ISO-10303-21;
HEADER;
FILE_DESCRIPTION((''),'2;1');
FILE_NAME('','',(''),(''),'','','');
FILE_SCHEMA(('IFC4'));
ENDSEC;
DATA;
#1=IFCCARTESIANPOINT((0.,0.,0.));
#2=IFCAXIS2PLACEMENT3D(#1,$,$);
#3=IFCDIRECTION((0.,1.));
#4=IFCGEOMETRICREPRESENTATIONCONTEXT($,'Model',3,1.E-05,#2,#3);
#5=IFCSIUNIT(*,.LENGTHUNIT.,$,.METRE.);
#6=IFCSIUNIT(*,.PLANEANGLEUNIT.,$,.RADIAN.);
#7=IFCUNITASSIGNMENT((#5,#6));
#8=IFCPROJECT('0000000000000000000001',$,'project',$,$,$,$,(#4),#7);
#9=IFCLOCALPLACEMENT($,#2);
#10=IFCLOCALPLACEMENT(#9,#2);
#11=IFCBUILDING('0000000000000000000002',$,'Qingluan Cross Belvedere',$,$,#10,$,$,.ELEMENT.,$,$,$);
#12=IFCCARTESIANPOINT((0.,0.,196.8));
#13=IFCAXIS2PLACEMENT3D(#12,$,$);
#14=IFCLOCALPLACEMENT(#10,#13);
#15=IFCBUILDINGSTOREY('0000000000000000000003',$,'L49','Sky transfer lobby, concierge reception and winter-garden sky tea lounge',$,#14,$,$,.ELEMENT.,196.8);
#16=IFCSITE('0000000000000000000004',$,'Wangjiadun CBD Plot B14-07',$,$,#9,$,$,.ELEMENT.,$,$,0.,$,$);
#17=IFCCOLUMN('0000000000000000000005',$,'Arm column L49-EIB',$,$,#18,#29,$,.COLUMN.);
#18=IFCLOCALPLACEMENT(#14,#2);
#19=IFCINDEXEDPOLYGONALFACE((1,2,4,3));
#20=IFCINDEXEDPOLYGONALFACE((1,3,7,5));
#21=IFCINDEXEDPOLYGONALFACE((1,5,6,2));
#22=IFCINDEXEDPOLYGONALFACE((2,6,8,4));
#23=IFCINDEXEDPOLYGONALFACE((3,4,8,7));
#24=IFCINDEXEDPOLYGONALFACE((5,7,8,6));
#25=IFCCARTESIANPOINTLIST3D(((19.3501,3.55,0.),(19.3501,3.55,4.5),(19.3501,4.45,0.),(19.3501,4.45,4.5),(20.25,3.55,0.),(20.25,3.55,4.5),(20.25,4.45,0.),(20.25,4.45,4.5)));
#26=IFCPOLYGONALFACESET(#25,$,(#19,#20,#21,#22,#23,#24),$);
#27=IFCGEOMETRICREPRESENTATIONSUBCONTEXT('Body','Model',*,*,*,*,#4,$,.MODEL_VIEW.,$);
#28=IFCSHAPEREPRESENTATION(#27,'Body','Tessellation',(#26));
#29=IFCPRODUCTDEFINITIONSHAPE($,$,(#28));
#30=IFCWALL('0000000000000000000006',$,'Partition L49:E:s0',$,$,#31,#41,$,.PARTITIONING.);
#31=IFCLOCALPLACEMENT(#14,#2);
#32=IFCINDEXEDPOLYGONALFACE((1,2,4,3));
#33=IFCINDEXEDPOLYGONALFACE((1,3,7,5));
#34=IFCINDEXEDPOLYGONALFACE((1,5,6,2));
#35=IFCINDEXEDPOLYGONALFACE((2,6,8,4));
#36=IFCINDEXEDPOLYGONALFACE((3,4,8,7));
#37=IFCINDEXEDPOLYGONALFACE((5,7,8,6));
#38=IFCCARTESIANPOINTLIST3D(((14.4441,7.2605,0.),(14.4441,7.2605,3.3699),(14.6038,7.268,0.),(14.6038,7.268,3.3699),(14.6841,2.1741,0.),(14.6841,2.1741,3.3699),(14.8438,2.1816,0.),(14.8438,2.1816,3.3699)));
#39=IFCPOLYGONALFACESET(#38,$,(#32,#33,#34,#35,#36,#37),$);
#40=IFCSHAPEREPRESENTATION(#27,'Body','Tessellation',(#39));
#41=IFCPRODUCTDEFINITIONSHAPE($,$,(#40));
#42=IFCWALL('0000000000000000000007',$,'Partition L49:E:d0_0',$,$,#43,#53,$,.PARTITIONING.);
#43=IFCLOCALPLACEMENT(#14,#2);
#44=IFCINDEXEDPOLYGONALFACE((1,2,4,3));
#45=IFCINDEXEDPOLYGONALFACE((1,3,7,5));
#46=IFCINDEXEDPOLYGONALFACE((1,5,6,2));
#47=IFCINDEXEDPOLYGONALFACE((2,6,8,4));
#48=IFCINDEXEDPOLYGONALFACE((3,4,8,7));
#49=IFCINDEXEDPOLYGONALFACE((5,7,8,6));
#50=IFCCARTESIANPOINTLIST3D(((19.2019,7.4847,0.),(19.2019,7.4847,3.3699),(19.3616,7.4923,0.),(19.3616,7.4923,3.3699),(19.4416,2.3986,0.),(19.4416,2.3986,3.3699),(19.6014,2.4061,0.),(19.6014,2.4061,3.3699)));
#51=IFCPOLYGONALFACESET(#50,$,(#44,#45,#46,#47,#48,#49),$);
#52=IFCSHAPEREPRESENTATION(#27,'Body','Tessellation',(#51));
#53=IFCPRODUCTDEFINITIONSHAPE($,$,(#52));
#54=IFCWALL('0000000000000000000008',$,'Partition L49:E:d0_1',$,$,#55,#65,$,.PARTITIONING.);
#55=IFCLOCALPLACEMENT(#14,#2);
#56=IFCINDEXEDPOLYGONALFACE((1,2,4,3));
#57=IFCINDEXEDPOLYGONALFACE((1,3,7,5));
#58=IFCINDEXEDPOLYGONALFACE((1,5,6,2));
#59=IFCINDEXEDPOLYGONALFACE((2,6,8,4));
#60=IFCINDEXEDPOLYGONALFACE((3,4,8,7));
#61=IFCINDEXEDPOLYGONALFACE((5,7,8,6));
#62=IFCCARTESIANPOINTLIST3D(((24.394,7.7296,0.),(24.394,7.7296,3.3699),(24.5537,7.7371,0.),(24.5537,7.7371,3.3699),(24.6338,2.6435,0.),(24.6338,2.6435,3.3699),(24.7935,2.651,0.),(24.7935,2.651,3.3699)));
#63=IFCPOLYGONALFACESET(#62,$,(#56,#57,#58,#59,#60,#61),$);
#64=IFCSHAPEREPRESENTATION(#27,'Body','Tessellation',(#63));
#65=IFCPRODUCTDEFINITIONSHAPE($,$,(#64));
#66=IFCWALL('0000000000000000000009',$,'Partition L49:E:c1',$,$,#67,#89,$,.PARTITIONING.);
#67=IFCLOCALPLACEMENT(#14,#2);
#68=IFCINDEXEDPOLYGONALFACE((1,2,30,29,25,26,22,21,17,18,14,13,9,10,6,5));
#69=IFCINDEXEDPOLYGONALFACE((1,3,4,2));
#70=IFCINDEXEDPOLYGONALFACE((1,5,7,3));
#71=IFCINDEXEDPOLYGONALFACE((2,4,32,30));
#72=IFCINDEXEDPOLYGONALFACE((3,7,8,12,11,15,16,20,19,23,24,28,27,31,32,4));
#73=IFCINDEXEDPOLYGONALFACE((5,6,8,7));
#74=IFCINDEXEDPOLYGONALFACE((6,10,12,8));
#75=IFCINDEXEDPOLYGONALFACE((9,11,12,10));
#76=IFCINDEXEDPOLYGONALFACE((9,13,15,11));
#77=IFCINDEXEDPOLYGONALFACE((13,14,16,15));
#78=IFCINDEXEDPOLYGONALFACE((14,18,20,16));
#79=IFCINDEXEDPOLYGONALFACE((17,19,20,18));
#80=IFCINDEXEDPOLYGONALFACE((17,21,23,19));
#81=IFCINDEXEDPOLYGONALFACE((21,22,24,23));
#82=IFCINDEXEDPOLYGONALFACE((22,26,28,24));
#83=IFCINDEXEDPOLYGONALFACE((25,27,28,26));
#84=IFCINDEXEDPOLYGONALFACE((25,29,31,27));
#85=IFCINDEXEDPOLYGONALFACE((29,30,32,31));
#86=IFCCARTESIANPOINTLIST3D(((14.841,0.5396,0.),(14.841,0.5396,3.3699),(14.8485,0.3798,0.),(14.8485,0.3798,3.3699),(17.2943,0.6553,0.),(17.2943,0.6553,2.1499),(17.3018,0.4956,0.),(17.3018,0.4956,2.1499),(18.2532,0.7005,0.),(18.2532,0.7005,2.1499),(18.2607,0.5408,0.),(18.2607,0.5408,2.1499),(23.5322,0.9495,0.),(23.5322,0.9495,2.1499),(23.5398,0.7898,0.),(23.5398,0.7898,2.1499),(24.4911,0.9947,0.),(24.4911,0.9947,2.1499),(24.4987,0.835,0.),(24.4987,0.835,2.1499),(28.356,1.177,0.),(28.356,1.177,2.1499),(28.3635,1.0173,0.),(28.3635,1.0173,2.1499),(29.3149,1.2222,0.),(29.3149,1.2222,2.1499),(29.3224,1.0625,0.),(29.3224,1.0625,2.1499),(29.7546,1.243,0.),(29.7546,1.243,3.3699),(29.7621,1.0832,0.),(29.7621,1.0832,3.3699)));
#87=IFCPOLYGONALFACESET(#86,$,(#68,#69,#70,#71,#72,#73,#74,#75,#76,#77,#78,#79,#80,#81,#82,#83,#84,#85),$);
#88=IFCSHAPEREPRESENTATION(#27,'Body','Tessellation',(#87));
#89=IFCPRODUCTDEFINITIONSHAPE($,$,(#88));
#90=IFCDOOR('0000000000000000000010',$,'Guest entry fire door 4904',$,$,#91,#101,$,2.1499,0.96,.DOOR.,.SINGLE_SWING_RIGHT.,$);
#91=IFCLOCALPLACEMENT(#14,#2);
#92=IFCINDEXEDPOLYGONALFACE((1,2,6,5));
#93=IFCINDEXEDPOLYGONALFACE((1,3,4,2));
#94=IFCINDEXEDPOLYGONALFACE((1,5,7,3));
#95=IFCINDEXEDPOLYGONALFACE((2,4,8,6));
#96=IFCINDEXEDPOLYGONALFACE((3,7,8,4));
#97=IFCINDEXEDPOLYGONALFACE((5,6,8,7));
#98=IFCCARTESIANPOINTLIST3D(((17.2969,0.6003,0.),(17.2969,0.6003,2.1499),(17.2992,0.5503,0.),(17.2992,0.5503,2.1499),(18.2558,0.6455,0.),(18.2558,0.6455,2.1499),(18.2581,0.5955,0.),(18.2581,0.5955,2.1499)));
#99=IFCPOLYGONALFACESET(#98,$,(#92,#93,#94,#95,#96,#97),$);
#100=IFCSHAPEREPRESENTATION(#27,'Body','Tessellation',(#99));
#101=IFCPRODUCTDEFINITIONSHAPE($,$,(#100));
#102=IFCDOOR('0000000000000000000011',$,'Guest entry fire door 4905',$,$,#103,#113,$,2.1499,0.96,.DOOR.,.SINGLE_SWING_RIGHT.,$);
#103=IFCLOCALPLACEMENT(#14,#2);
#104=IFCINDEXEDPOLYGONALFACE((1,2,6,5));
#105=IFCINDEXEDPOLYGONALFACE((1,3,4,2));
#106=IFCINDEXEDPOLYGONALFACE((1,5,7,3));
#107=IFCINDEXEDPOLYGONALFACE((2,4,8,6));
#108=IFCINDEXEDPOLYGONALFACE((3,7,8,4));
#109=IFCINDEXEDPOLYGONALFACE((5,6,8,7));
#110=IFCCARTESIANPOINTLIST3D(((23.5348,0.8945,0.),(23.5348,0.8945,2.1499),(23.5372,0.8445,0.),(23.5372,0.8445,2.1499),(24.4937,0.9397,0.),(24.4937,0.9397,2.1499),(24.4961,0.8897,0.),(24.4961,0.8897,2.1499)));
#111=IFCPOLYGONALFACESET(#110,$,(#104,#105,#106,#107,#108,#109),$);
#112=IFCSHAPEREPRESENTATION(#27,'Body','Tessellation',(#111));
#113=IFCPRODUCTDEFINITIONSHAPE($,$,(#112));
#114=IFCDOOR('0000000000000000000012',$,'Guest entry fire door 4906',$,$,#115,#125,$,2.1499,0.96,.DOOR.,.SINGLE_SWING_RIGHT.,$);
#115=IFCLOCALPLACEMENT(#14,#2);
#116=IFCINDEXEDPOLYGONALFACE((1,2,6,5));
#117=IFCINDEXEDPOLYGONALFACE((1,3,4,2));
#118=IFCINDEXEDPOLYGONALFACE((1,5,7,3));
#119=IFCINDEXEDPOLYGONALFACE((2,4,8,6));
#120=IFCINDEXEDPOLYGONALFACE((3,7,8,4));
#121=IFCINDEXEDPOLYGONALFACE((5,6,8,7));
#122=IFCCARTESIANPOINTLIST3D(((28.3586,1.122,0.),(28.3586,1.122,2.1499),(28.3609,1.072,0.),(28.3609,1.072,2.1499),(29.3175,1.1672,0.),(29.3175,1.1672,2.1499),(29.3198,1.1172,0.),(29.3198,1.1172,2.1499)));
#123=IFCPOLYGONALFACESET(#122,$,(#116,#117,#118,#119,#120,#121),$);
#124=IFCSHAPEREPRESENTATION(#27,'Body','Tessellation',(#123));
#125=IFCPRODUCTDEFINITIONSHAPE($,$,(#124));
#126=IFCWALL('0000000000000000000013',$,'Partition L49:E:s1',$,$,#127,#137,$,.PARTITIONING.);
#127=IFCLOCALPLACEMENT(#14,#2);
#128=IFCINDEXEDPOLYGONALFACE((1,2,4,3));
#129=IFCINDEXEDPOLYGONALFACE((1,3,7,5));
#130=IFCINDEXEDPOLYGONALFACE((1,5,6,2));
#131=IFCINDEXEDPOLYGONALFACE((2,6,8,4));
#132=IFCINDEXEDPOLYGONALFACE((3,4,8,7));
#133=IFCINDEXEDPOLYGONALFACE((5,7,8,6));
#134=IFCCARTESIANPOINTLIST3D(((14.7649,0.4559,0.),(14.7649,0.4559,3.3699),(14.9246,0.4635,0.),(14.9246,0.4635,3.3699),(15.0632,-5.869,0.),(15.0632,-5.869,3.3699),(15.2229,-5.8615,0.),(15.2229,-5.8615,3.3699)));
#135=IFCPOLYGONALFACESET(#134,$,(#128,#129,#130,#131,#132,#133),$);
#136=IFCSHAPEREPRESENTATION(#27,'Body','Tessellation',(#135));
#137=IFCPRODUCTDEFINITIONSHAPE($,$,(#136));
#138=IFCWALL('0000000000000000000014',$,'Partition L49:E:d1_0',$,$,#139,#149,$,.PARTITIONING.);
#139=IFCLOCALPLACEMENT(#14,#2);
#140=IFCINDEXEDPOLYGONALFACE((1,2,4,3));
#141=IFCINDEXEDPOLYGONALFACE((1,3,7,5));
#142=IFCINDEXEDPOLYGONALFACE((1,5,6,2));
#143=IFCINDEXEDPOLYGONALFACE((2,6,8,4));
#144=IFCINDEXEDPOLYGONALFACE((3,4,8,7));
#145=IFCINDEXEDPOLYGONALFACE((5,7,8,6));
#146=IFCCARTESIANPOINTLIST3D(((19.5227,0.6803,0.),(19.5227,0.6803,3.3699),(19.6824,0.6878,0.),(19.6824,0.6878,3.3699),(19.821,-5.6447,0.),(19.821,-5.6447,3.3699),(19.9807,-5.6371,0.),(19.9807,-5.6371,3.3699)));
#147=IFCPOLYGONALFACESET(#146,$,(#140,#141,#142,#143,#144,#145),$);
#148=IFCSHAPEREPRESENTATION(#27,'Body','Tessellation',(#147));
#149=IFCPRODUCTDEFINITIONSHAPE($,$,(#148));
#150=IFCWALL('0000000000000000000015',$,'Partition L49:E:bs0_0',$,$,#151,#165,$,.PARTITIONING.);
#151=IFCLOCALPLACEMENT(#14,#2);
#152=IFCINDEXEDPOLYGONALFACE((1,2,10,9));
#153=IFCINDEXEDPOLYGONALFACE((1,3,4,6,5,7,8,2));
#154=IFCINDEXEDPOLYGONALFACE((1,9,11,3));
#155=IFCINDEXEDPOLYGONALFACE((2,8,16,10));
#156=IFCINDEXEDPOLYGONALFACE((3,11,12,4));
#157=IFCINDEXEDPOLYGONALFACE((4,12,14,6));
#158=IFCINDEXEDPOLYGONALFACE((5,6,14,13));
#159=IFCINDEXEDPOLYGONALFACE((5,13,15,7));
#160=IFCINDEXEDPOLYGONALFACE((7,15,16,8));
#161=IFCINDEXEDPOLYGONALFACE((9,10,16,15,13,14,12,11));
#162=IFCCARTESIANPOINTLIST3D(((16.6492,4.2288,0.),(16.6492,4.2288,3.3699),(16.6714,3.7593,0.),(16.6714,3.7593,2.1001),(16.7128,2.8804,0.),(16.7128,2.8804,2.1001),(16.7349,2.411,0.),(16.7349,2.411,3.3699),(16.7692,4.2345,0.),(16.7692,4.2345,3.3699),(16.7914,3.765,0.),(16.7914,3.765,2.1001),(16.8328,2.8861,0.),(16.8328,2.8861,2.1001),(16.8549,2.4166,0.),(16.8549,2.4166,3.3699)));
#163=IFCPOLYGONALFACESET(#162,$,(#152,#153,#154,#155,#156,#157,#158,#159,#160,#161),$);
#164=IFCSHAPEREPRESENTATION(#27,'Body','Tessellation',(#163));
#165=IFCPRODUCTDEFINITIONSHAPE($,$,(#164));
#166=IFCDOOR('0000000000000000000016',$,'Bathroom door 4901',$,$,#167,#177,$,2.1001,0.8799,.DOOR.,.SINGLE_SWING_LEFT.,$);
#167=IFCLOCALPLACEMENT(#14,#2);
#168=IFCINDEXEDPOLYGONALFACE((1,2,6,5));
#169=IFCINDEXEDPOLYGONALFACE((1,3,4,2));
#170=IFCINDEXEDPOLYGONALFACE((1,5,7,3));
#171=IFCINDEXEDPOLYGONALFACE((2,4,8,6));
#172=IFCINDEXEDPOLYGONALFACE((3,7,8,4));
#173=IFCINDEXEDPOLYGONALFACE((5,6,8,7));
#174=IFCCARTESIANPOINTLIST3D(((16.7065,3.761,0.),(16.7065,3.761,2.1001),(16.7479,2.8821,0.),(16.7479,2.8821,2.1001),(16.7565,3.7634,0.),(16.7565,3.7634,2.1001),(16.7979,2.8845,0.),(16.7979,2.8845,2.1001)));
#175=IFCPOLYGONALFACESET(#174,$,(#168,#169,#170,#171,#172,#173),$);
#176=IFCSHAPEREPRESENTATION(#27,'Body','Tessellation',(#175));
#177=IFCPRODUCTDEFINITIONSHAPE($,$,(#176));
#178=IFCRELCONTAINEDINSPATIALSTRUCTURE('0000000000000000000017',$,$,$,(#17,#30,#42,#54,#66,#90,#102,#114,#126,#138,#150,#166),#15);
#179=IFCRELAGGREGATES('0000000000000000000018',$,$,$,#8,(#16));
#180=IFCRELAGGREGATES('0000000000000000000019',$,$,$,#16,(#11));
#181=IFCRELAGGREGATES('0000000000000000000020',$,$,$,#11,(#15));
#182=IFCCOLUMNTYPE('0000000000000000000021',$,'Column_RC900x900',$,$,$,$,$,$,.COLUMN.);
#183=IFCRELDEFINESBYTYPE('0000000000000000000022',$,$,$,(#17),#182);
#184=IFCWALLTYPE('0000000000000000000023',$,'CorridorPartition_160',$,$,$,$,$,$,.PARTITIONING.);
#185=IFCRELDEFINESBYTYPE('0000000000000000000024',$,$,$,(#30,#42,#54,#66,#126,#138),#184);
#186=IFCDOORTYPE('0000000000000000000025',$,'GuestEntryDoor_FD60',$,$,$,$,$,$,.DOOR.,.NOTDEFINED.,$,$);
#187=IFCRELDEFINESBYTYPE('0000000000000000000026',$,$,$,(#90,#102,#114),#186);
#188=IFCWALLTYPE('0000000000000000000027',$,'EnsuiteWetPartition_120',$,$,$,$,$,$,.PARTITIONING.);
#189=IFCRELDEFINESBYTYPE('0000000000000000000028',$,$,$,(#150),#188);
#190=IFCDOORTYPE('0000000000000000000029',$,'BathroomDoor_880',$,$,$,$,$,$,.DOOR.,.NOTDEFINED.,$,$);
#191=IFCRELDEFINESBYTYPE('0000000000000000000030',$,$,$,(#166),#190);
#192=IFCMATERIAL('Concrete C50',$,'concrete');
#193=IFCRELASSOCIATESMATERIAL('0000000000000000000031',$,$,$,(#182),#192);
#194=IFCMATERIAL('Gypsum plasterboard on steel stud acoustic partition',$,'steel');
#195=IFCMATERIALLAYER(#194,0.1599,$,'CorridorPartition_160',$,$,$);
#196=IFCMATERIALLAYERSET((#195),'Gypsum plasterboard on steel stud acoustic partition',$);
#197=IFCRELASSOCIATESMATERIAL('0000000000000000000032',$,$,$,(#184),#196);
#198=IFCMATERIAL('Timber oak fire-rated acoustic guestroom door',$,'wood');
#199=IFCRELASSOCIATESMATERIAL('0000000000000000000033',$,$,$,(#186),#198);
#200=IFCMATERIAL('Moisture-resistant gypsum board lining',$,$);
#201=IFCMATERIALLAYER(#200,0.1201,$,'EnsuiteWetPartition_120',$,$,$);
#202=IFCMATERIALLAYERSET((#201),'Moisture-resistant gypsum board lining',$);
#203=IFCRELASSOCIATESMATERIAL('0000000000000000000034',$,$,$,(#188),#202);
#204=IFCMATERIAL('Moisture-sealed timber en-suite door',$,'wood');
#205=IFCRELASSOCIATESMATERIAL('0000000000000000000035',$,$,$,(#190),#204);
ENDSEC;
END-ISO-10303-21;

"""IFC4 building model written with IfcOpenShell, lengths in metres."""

from ifc_helpers import new_model, si_unit, direction, frame, frame_2d, origin, origin_2d, place, context, subcontext, project, spatial, rectangle, extrude, material, layer, layer_set, material_profile, profile_set, type_object, element, fill, save


model = new_model("IFC4")

# Units and contexts
model_context = context("Model", 3, precision=1e-05, world=origin(), true_north=direction((0.0, 1.0)))
body_context = subcontext(model_context, "Body", "Model", "MODEL_VIEW")
ifc_project = project(units=[si_unit("LENGTHUNIT", "METRE"), si_unit("PLANEANGLEUNIT", "RADIAN")], contexts=[model_context])

# Site, building, storey
site_placement = place(None, origin())
site = spatial("IfcSite", under=ifc_project, at=site_placement, Name="Wangjiadun CBD Plot B14-07", CompositionType="ELEMENT", RefElevation=0.0)
building_placement = place(site_placement, origin())
building = spatial("IfcBuilding", under=site, at=building_placement, Name="Qingluan Cross Belvedere", CompositionType="ELEMENT")
storey_placement = place(building_placement, frame((0.0, 0.0, 196.8)))
storey = spatial("IfcBuildingStorey", under=building, at=storey_placement, Name="L49", Description="Sky transfer lobby, concierge reception and winter-garden sky tea lounge", CompositionType="ELEMENT", Elevation=196.8)

# Column
ifc_material_1 = material(Name="Concrete C50", Category="concrete")
ifc_material_profile = material_profile(ifc_material_1, rectangle(XDim=0.8999, YDim=0.8999, at=origin_2d()), Name="RC900x900")
ifc_profile_set = profile_set([ifc_material_profile], Name="Concrete C50")
column_type = type_object("IfcColumnType", Name="Column_RC900x900", PredefinedType="COLUMN", material=ifc_profile_set)
column_placement = place(storey_placement, frame((19.8, 4.0, 0.0), z_axis=(0.0, 0.0, 1.0), x_axis=(1.0, 0.0, 0.0)))
element("IfcColumn", 1, at=column_placement, inside=storey, type_object=column_type, Name="Arm column L49-EIB", PredefinedType="COLUMN", context=body_context, shape_type="SweptSolid", body=[
    extrude(rectangle(XDim=0.8999, YDim=0.8999, at=origin_2d()), origin(), (0.0, 0.0, 1.0), 4.5),
])

# Walls
ifc_material_2 = material(Name="Gypsum plasterboard on steel stud acoustic partition", Category="steel")
ifc_layer_1 = layer(ifc_material_2, 0.1599, Name="CorridorPartition_160")
ifc_layer_set_1 = layer_set([ifc_layer_1], Name="Gypsum plasterboard on steel stud acoustic partition")
wall_type_1 = type_object("IfcWallType", Name="CorridorPartition_160", PredefinedType="PARTITIONING", material=ifc_layer_set_1)
wall_1_placement = place(storey_placement, frame((14.7639, 2.178, 0.0), z_axis=(0.0, 0.0, 1.0), x_axis=(-0.04713, 0.998889, 0.0)))
element("IfcWall", 2, at=wall_1_placement, inside=storey, type_object=wall_type_1, Name="Partition L49:E:s0", PredefinedType="PARTITIONING", context=body_context, shape_type="SweptSolid", body=[
    extrude(rectangle(XDim=5.092, YDim=0.1599, at=frame_2d((2.5459, 0.0))), origin(), (0.0, 0.0, 1.0), 3.3699),
])
for number, where, z_axis, x_axis, name in (
    (3, (19.5215, 2.4023, 0.0), (0.0, 0.0, 1.0), (-0.047084, 0.998891, 0.0), "Partition L49:E:d0_0"),
    (4, (24.7136, 2.6472, 0.0), (0.0, 0.0, 1.0), (-0.047084, 0.998891, 0.0), "Partition L49:E:d0_1"),
):
    element("IfcWall", number, at=place(storey_placement, frame(where, z_axis=z_axis, x_axis=x_axis)), inside=storey, type_object=wall_type_1, Name=name, PredefinedType="PARTITIONING", context=body_context, shape_type="SweptSolid", body=[
        extrude(rectangle(XDim=5.0918, YDim=0.1599, at=frame_2d((2.5459, 0.0))), origin(), (0.0, 0.0, 1.0), 3.3699),
    ])

# Wall, openings, doors
wall_2_placement = place(storey_placement, frame((14.8447, 0.4597, 0.0), z_axis=(0.0, 0.0, 1.0), x_axis=(0.99889, 0.047111, 0.0)))
wall_2 = element("IfcWall", 5, at=wall_2_placement, inside=storey, type_object=wall_type_1, Name="Partition L49:E:c1", PredefinedType="PARTITIONING", context=body_context, shape_type="SweptSolid", body=[
    extrude(rectangle(XDim=14.9302, YDim=0.1599, at=frame_2d((7.4651, 0.0))), origin(), (0.0, 0.0, 1.0), 3.3699),
])
opening_1_placement = place(wall_2_placement, frame((2.4561, 0.0, 0.0)))
opening_1 = element("IfcOpeningElement", 6, at=opening_1_placement, cuts=wall_2, PredefinedType="OPENING", context=body_context, shape_type="SweptSolid", body=[
    extrude(rectangle(XDim=0.96, YDim=2.1499, at=frame_2d((0.48, 1.075))), frame((0.0, 0.0898, 0.0), z_axis=(0.0, -1.0, 0.0), x_axis=(1.0, 0.0, 0.0)), (0.0, 0.0, 1.0), 0.1799),
])
opening_2_placement = place(wall_2_placement, frame((8.7009, 0.0, 0.0)))
opening_2 = element("IfcOpeningElement", 7, at=opening_2_placement, cuts=wall_2, PredefinedType="OPENING", context=body_context, shape_type="SweptSolid", body=[
    extrude(rectangle(XDim=0.96, YDim=2.1499, at=frame_2d((0.48, 1.075))), frame((0.0, 0.0898, 0.0), z_axis=(0.0, -1.0, 0.0), x_axis=(1.0, 0.0, 0.0)), (0.0, 0.0, 1.0), 0.1799),
])
opening_3_placement = place(wall_2_placement, frame((13.53, 0.0, 0.0)))
opening_3 = element("IfcOpeningElement", 8, at=opening_3_placement, cuts=wall_2, PredefinedType="OPENING", context=body_context, shape_type="SweptSolid", body=[
    extrude(rectangle(XDim=0.96, YDim=2.1499, at=frame_2d((0.48, 1.075))), frame((0.0, 0.0898, 0.0), z_axis=(0.0, -1.0, 0.0), x_axis=(1.0, 0.0, 0.0)), (0.0, 0.0, 1.0), 0.1799),
])
ifc_material_3 = material(Name="Timber oak fire-rated acoustic guestroom door", Category="wood")
door_type_1 = type_object("IfcDoorType", Name="GuestEntryDoor_FD60", OperationType="NOTDEFINED", PredefinedType="DOOR", material=ifc_material_3)
door_1_placement = place(opening_1_placement, origin())
door_1 = element("IfcDoor", 9, at=door_1_placement, inside=storey, type_object=door_type_1, Name="Guest entry fire door 4904", OperationType="SINGLE_SWING_RIGHT", OverallHeight=2.1499, OverallWidth=0.96, PredefinedType="DOOR", context=body_context, shape_type="SweptSolid", body=[
    extrude(rectangle(XDim=0.96, YDim=2.1499, at=frame_2d((0.48, 1.075))), frame((0.0, 0.0249, 0.0), z_axis=(0.0, -1.0, 0.0), x_axis=(1.0, 0.0, 0.0)), (0.0, 0.0, 1.0), 0.05),
])
fill(opening_1, door_1)
door_2_placement = place(opening_2_placement, origin())
door_2 = element("IfcDoor", 10, at=door_2_placement, inside=storey, type_object=door_type_1, Name="Guest entry fire door 4905", OperationType="SINGLE_SWING_RIGHT", OverallHeight=2.1499, OverallWidth=0.96, PredefinedType="DOOR", context=body_context, shape_type="SweptSolid", body=[
    extrude(rectangle(XDim=0.96, YDim=2.1499, at=frame_2d((0.48, 1.075))), frame((0.0, 0.0249, 0.0), z_axis=(0.0, -1.0, 0.0), x_axis=(1.0, 0.0, 0.0)), (0.0, 0.0, 1.0), 0.05),
])
fill(opening_2, door_2)
door_3_placement = place(opening_3_placement, origin())
door_3 = element("IfcDoor", 11, at=door_3_placement, inside=storey, type_object=door_type_1, Name="Guest entry fire door 4906", OperationType="SINGLE_SWING_RIGHT", OverallHeight=2.1499, OverallWidth=0.96, PredefinedType="DOOR", context=body_context, shape_type="SweptSolid", body=[
    extrude(rectangle(XDim=0.96, YDim=2.1499, at=frame_2d((0.48, 1.075))), frame((0.0, 0.0249, 0.0), z_axis=(0.0, -1.0, 0.0), x_axis=(1.0, 0.0, 0.0)), (0.0, 0.0, 1.0), 0.05),
])
fill(opening_3, door_3)

# Walls
for number, where, z_axis, x_axis, name in (
    (12, (14.8447, 0.4597, 0.0), (0.0, 0.0, 1.0), (0.047116, -0.998889, 0.0), "Partition L49:E:s1"),
    (13, (19.6025, 0.6841, 0.0), (0.0, 0.0, 1.0), (0.047116, -0.998889, 0.0), "Partition L49:E:d1_0"),
):
    element("IfcWall", number, at=place(storey_placement, frame(where, z_axis=z_axis, x_axis=x_axis)), inside=storey, type_object=wall_type_1, Name=name, PredefinedType="PARTITIONING", context=body_context, shape_type="SweptSolid", body=[
        extrude(rectangle(XDim=6.332, YDim=0.1599, at=frame_2d((3.166, 0.0))), origin(), (0.0, 0.0, 1.0), 3.3699),
    ])

# Wall, opening, door
ifc_material_4 = material(Name="Moisture-resistant gypsum board lining")
ifc_layer_2 = layer(ifc_material_4, 0.1201, Name="EnsuiteWetPartition_120")
ifc_layer_set_2 = layer_set([ifc_layer_2], Name="Moisture-resistant gypsum board lining")
wall_type_2 = type_object("IfcWallType", Name="EnsuiteWetPartition_120", PredefinedType="PARTITIONING", material=ifc_layer_set_2)
wall_3_placement = place(storey_placement, frame((16.7949, 2.4138, 0.0), z_axis=(0.0, 0.0, 1.0), x_axis=(-0.047087, 0.998891, 0.0)))
wall_3 = element("IfcWall", 14, at=wall_3_placement, inside=storey, type_object=wall_type_2, Name="Partition L49:E:bs0_0", PredefinedType="PARTITIONING", context=body_context, shape_type="SweptSolid", body=[
    extrude(rectangle(XDim=1.8198, YDim=0.1201, at=frame_2d((0.9099, 0.0))), origin(), (0.0, 0.0, 1.0), 3.3699),
])
opening_4_placement = place(wall_3_placement, frame((0.47, 0.0, 0.0)))
opening_4 = element("IfcOpeningElement", 15, at=opening_4_placement, cuts=wall_3, PredefinedType="OPENING", context=body_context, shape_type="SweptSolid", body=[
    extrude(rectangle(XDim=0.8799, YDim=2.1001, at=frame_2d((0.4399, 1.05))), frame((0.0, 0.0701, 0.0), z_axis=(0.0, -1.0, 0.0), x_axis=(1.0, 0.0, 0.0)), (0.0, 0.0, 1.0), 0.1401),
])
ifc_material_5 = material(Name="Moisture-sealed timber en-suite door", Category="wood")
door_type_2 = type_object("IfcDoorType", Name="BathroomDoor_880", OperationType="NOTDEFINED", PredefinedType="DOOR", material=ifc_material_5)
door_4_placement = place(opening_4_placement, origin())
door_4 = element("IfcDoor", 16, at=door_4_placement, inside=storey, type_object=door_type_2, Name="Bathroom door 4901", OperationType="SINGLE_SWING_LEFT", OverallHeight=2.1001, OverallWidth=0.8799, PredefinedType="DOOR", context=body_context, shape_type="SweptSolid", body=[
    extrude(rectangle(XDim=0.8799, YDim=2.1001, at=frame_2d((0.4399, 1.05))), frame((0.0, 0.0249, 0.0), z_axis=(0.0, -1.0, 0.0), x_axis=(1.0, 0.0, 0.0)), (0.0, 0.0, 1.0), 0.05),
])
fill(opening_4, door_4)

save(model, "model.ifc")
